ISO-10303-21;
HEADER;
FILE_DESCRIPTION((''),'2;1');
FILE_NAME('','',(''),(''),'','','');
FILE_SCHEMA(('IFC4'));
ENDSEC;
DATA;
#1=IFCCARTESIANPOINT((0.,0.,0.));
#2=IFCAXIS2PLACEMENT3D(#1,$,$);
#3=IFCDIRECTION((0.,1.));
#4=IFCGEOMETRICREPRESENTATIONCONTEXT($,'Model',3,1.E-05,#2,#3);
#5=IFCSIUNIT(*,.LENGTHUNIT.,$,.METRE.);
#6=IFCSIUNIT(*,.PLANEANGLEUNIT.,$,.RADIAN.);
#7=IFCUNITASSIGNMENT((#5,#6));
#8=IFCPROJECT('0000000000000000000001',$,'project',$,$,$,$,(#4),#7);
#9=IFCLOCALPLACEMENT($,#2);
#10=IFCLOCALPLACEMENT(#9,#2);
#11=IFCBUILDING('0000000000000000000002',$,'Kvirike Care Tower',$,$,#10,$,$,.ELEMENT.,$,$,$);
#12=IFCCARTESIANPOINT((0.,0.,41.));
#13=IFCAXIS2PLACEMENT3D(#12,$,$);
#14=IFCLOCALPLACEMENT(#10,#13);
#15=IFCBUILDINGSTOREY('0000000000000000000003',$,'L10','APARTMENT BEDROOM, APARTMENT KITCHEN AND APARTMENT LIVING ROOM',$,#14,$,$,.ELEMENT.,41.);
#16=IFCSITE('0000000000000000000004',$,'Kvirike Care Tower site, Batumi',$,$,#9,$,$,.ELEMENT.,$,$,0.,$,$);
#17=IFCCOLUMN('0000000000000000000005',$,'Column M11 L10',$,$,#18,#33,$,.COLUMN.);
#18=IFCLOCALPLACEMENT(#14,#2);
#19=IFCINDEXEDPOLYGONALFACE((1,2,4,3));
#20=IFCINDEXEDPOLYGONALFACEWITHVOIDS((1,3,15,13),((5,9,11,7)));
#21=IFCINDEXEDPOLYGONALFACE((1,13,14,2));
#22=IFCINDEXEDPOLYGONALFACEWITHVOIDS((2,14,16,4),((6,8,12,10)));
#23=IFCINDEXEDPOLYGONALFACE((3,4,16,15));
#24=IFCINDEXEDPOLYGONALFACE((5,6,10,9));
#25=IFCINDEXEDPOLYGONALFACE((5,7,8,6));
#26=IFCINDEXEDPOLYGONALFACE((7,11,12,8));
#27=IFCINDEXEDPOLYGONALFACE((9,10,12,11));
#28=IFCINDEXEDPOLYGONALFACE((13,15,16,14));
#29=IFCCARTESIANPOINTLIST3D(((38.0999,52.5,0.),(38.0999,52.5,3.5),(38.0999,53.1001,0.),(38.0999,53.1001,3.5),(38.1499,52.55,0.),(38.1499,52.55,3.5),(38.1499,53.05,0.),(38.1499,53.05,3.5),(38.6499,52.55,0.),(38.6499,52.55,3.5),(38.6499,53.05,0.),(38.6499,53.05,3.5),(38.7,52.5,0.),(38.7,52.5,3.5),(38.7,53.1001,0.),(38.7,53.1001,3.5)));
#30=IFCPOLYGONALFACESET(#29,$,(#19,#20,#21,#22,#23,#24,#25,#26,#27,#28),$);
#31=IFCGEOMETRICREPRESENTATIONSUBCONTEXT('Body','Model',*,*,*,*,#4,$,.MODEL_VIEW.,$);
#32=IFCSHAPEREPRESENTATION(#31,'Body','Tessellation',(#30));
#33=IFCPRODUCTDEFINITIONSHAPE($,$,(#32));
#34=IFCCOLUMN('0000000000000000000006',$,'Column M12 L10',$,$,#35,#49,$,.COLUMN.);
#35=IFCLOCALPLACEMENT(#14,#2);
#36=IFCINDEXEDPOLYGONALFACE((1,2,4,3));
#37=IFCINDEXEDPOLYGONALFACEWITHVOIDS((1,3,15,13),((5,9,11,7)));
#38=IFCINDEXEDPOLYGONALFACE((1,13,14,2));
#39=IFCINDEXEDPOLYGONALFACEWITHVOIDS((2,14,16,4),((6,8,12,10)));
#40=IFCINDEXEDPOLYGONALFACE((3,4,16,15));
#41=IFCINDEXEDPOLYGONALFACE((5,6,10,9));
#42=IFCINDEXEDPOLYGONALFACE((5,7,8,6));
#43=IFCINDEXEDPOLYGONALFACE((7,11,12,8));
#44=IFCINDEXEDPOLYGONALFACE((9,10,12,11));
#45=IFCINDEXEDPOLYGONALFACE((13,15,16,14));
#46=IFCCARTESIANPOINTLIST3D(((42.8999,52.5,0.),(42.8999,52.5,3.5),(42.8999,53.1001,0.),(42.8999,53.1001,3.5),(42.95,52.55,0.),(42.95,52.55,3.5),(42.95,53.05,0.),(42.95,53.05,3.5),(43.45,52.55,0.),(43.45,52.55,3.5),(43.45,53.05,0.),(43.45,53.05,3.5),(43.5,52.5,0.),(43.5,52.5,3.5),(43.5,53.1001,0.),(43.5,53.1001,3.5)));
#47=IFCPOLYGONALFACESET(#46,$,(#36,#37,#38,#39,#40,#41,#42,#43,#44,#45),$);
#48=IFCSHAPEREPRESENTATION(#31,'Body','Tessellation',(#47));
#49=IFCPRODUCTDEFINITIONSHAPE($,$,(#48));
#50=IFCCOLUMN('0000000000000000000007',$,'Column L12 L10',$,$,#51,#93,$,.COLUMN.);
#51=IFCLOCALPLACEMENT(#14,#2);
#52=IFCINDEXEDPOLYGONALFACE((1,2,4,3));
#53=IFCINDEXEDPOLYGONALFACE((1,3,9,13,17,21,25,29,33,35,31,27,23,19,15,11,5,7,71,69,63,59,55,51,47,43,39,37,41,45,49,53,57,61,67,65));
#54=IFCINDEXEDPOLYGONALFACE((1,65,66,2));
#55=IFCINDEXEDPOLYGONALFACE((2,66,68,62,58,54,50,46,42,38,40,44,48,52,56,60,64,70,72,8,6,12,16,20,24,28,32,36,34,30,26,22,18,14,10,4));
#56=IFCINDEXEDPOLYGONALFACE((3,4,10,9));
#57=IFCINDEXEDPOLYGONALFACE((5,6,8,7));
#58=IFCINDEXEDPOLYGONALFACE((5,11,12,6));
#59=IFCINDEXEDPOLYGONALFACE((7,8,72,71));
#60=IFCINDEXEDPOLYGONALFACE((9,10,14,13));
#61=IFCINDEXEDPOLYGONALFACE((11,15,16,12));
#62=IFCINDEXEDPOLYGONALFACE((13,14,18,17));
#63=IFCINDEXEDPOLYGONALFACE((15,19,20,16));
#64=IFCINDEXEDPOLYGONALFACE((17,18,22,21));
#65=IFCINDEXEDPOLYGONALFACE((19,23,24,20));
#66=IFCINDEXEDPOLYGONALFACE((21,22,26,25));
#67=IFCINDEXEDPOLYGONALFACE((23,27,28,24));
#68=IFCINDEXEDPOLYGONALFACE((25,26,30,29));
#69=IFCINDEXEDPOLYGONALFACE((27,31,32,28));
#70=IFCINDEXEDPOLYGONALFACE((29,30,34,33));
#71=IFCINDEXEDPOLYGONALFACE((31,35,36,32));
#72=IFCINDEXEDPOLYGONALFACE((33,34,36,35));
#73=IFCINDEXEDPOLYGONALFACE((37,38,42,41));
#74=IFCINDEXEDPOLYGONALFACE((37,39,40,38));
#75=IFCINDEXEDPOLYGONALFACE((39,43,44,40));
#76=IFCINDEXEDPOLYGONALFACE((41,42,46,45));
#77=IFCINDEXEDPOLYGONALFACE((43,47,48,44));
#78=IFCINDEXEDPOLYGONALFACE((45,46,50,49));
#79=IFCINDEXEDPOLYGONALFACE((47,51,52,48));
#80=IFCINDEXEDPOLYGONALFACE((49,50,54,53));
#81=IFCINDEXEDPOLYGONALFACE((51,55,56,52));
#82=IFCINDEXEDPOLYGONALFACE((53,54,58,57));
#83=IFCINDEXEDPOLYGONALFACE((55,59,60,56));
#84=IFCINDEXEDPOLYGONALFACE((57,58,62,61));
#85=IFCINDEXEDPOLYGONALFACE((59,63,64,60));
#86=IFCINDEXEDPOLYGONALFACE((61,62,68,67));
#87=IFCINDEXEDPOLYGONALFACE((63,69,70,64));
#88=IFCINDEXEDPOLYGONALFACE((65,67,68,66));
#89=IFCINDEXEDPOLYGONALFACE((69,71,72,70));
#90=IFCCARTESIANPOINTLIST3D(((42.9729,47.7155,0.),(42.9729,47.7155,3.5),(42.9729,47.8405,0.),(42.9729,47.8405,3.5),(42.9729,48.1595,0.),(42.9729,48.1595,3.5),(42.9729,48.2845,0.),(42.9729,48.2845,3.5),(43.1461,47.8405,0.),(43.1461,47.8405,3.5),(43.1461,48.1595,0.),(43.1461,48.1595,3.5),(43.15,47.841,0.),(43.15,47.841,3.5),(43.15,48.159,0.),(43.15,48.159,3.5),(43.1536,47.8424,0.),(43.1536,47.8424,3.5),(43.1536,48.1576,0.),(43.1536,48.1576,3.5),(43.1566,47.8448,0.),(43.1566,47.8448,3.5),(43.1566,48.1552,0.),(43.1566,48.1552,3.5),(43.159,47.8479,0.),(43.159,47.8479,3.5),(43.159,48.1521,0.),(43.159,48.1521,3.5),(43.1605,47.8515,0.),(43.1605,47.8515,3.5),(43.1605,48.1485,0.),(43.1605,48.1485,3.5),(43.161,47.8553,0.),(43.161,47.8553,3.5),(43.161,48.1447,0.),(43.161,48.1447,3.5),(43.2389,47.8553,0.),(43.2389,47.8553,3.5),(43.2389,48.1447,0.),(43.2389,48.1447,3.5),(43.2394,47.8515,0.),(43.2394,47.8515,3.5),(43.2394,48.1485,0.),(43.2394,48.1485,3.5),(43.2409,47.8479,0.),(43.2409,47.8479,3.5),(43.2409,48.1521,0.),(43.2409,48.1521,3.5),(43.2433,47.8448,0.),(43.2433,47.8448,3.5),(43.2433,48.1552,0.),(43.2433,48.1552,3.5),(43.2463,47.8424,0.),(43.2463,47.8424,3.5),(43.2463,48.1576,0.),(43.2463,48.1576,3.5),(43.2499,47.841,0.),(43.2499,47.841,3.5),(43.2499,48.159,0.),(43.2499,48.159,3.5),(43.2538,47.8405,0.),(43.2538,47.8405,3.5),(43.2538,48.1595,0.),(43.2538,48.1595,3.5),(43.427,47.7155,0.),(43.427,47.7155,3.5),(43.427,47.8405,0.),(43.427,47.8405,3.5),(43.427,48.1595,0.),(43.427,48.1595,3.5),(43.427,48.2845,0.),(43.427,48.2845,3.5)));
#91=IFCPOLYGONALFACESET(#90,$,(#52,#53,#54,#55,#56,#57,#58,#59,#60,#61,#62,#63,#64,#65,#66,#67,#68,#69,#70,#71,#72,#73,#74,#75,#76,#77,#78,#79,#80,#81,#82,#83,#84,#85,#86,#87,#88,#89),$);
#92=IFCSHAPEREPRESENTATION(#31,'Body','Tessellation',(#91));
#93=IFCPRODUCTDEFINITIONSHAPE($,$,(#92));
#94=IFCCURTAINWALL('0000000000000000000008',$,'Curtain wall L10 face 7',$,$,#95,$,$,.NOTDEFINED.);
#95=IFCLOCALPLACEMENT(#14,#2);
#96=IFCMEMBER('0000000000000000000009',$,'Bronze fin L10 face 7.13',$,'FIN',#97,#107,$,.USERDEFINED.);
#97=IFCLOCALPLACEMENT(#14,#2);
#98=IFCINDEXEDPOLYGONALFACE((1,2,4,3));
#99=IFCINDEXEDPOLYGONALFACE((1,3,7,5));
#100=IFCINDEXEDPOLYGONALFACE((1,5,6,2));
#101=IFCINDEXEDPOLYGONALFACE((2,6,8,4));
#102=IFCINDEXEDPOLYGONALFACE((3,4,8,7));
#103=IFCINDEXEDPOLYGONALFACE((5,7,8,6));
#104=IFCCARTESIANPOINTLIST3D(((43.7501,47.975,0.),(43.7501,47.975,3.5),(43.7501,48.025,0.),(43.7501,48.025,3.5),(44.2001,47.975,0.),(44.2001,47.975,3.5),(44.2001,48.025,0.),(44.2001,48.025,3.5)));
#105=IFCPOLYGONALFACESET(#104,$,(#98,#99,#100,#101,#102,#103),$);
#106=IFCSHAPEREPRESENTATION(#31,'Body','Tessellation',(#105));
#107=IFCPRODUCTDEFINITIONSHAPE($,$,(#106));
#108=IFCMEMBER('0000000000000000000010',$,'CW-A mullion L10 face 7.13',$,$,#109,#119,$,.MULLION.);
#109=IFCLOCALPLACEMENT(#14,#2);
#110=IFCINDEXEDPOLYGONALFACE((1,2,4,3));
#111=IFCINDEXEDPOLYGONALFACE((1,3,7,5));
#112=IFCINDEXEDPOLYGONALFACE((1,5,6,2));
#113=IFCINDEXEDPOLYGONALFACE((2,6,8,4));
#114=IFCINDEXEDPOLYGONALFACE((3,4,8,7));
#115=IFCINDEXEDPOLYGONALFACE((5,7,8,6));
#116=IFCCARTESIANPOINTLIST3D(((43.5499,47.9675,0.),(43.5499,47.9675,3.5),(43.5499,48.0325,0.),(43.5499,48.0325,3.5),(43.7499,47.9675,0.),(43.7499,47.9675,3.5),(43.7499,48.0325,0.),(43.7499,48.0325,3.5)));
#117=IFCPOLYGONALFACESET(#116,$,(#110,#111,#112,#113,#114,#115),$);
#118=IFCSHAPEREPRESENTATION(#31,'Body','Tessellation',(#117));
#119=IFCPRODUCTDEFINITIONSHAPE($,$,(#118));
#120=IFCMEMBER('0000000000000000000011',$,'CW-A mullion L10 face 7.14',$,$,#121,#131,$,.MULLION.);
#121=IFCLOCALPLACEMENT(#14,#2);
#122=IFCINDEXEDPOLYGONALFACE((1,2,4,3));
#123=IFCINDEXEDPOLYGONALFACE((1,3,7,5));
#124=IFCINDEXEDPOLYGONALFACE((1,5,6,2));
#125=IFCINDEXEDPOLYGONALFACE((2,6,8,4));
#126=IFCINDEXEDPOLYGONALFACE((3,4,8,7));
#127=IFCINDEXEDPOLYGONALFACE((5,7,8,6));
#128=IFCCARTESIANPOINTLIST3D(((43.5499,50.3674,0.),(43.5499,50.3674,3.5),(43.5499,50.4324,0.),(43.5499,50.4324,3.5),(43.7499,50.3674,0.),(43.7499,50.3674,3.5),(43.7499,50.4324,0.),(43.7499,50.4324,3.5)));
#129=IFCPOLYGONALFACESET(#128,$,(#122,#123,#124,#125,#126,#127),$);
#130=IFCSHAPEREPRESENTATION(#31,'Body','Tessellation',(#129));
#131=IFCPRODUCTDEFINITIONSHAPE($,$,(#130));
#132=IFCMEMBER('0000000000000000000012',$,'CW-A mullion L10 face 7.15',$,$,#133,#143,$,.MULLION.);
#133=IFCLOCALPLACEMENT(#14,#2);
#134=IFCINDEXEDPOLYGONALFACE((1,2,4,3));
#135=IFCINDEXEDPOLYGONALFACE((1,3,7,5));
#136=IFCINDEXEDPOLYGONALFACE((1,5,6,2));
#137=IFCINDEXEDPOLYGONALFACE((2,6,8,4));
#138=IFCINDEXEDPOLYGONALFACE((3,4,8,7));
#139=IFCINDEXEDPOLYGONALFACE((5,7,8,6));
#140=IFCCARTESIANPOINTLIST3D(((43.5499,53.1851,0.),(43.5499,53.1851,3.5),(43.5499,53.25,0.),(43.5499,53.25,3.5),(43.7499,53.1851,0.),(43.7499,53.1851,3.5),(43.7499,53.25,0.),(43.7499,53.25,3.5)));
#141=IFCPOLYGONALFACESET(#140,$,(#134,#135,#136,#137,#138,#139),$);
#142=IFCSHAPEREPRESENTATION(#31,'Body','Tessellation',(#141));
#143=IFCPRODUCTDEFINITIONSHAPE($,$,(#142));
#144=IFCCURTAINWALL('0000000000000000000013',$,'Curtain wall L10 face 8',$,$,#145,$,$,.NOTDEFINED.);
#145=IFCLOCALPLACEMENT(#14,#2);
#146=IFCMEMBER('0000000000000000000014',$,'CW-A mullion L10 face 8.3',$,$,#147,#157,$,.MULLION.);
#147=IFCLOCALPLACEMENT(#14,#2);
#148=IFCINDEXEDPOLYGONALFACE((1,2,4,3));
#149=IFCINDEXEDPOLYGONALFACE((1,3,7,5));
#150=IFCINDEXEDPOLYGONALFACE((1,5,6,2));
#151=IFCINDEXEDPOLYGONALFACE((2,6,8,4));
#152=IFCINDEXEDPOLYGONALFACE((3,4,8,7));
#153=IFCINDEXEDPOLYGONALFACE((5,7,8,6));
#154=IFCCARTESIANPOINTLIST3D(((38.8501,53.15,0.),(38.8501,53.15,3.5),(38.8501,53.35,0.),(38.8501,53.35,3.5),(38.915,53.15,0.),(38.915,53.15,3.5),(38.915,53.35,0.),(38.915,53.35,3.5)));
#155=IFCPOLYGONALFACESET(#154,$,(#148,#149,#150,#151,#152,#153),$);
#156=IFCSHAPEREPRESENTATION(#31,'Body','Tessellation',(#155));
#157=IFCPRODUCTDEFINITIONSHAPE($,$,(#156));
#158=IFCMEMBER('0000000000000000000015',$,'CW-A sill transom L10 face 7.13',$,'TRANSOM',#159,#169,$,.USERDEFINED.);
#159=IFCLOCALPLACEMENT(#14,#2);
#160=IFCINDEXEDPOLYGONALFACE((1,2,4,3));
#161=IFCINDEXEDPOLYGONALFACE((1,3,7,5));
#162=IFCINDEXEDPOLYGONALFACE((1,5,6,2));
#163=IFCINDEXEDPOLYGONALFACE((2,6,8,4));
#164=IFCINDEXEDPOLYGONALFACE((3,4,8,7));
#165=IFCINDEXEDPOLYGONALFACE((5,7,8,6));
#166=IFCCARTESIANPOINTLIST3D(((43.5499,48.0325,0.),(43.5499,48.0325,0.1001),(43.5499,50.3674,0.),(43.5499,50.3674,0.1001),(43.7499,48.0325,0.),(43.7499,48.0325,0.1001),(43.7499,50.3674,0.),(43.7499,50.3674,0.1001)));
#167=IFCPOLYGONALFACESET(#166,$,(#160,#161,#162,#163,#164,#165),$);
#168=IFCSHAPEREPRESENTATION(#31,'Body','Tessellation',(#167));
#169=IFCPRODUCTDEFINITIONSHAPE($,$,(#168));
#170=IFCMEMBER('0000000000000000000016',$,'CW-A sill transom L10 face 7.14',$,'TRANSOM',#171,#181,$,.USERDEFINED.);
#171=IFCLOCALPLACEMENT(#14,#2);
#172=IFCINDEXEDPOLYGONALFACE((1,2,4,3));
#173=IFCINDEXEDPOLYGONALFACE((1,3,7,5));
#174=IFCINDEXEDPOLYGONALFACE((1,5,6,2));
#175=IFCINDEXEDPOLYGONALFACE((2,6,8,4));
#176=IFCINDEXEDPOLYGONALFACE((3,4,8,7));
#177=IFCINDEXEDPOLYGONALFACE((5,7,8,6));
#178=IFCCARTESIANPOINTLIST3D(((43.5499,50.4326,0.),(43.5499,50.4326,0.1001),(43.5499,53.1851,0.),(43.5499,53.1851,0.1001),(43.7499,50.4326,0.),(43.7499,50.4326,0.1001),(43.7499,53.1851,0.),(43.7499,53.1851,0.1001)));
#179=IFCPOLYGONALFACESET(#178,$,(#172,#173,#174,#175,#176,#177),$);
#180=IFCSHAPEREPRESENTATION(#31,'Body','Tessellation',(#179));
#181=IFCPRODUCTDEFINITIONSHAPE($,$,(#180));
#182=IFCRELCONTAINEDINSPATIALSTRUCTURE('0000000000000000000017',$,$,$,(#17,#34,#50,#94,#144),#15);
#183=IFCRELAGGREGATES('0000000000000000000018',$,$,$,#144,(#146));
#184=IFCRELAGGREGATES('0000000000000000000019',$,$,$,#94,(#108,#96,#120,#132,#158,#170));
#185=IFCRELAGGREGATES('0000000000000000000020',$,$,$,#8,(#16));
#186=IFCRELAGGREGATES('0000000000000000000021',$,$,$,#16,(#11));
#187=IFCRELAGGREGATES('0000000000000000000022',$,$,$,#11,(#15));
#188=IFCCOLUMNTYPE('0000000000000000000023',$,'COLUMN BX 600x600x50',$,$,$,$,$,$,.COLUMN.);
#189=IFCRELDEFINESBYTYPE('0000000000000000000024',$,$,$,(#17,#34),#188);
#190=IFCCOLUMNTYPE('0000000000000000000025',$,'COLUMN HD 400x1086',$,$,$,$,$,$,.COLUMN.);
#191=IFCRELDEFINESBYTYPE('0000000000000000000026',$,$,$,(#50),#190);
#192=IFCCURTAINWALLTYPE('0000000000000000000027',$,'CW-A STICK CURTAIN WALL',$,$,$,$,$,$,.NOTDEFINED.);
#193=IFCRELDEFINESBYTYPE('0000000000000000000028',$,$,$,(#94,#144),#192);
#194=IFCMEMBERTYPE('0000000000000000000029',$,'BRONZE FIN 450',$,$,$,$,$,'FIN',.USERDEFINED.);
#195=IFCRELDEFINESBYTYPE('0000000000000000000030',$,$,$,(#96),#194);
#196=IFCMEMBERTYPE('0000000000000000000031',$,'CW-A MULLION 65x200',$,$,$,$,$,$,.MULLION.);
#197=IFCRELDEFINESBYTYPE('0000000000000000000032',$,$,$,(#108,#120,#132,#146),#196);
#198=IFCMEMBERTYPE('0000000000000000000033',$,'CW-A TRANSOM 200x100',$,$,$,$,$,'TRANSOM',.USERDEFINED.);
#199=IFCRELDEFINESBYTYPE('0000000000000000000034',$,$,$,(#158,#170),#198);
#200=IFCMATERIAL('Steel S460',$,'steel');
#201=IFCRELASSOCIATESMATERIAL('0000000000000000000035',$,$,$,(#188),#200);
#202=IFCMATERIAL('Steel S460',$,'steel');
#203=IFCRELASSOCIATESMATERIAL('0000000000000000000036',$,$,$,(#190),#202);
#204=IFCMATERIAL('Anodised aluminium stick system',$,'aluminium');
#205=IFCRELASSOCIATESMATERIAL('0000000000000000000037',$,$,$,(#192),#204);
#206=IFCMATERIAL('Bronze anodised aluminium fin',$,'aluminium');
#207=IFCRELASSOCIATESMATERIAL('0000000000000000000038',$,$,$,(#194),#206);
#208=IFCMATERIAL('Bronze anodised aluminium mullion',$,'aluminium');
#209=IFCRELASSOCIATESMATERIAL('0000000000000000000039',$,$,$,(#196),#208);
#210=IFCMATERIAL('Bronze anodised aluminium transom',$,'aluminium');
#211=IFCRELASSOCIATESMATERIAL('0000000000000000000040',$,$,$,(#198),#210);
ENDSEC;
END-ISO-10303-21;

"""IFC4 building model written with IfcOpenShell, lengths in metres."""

from ifc_helpers import new_model, si_unit, direction, frame, origin, origin_2d, place, context, subcontext, project, spatial, rectangle, hollow_rectangle, i_section, extrude, material, material_profile, profile_set, type_object, element, aggregate, save


model = new_model("IFC4")

# Units and contexts
model_context = context("Model", 3, precision=1e-05, world=origin(), true_north=direction((0.0, 1.0)))
body_context = subcontext(model_context, "Body", "Model", "MODEL_VIEW")
ifc_project = project(units=[si_unit("LENGTHUNIT", "METRE"), si_unit("PLANEANGLEUNIT", "RADIAN")], contexts=[model_context])

# Site, building, storey
site_placement = place(None, origin())
site = spatial("IfcSite", under=ifc_project, at=site_placement, Name="Kvirike Care Tower site, Batumi", CompositionType="ELEMENT", RefElevation=0.0)
building_placement = place(site_placement, origin())
building = spatial("IfcBuilding", under=site, at=building_placement, Name="Kvirike Care Tower", CompositionType="ELEMENT")
storey_placement = place(building_placement, frame((0.0, 0.0, 41.0)))
storey = spatial("IfcBuildingStorey", under=building, at=storey_placement, Name="L10", Description="APARTMENT BEDROOM, APARTMENT KITCHEN AND APARTMENT LIVING ROOM", CompositionType="ELEMENT", Elevation=41.0)

# Columns
ifc_material_1 = material(Name="Steel S460", Category="steel")
ifc_material_profile_1 = material_profile(ifc_material_1, hollow_rectangle(XDim=0.6001, YDim=0.6001, WallThickness=0.05, at=origin_2d()), Name="BX 600x600x50")
ifc_profile_set_1 = profile_set([ifc_material_profile_1], Name="Steel S460")
column_type_1 = type_object("IfcColumnType", Name="COLUMN BX 600x600x50", PredefinedType="COLUMN", material=ifc_profile_set_1)
for number, where, z_axis, x_axis, name in (
    (1, (38.3999, 52.8, 0.0), (0.0, 0.0, 1.0), (0.0, 1.0, 0.0), "Column M11 L10"),
    (2, (43.2, 52.8, 0.0), (0.0, 0.0, 1.0), (0.0, 1.0, 0.0), "Column M12 L10"),
):
    element("IfcColumn", number, at=place(storey_placement, frame(where, z_axis=z_axis, x_axis=x_axis)), inside=storey, type_object=column_type_1, Name=name, PredefinedType="COLUMN", context=body_context, shape_type="SweptSolid", body=[
        extrude(hollow_rectangle(XDim=0.6001, YDim=0.6001, WallThickness=0.05, at=origin_2d()), origin(), (0.0, 0.0, 1.0), 3.5),
    ])
ifc_material_2 = material(Name="Steel S460", Category="steel")
ifc_material_profile_2 = material_profile(ifc_material_2, i_section(OverallWidth=0.4541, OverallDepth=0.5691, WebThickness=0.0779, FlangeThickness=0.125, FilletRadius=0.0149, at=origin_2d()), Name="HD 400x1086")
ifc_profile_set_2 = profile_set([ifc_material_profile_2], Name="Steel S460")
column_type_2 = type_object("IfcColumnType", Name="COLUMN HD 400x1086", PredefinedType="COLUMN", material=ifc_profile_set_2)
column_placement = place(storey_placement, frame((43.2, 48.0, 0.0), z_axis=(0.0, 0.0, 1.0), x_axis=(1.0, 0.0, 0.0)))
element("IfcColumn", 3, at=column_placement, inside=storey, type_object=column_type_2, Name="Column L12 L10", PredefinedType="COLUMN", context=body_context, shape_type="SweptSolid", body=[
    extrude(i_section(OverallWidth=0.4541, OverallDepth=0.5691, WebThickness=0.0779, FlangeThickness=0.125, FilletRadius=0.0149, at=origin_2d()), origin(), (0.0, 0.0, 1.0), 3.5),
])

# Curtain wall, members
ifc_material_3 = material(Name="Anodised aluminium stick system", Category="aluminium")
curtain_wall_type = type_object("IfcCurtainWallType", Name="CW-A STICK CURTAIN WALL", PredefinedType="NOTDEFINED", material=ifc_material_3)
curtain_wall_1_placement = place(storey_placement, origin())
curtain_wall_1 = element("IfcCurtainWall", 4, at=curtain_wall_1_placement, inside=storey, type_object=curtain_wall_type, Name="Curtain wall L10 face 7", PredefinedType="NOTDEFINED")
ifc_material_4 = material(Name="Bronze anodised aluminium fin", Category="aluminium")
ifc_material_profile_3 = material_profile(ifc_material_4, rectangle(XDim=0.05, YDim=0.45, at=origin_2d()), Name="BRONZE FIN 450")
ifc_profile_set_3 = profile_set([ifc_material_profile_3], Name="Bronze anodised aluminium fin")
member_type_1 = type_object("IfcMemberType", Name="BRONZE FIN 450", ElementType="FIN", PredefinedType="USERDEFINED", material=ifc_profile_set_3)
member_1_placement = place(storey_placement, frame((43.9751, 48.0, 0.0), z_axis=(0.0, 0.0, 1.0), x_axis=(0.0, 1.0, 0.0)))
member_1 = element("IfcMember", 5, at=member_1_placement, type_object=member_type_1, Name="Bronze fin L10 face 7.13", ObjectType="FIN", PredefinedType="USERDEFINED", context=body_context, shape_type="SweptSolid", body=[
    extrude(rectangle(XDim=0.05, YDim=0.45, at=origin_2d()), origin(), (0.0, 0.0, 1.0), 3.5),
])
ifc_material_5 = material(Name="Bronze anodised aluminium mullion", Category="aluminium")
ifc_material_profile_4 = material_profile(ifc_material_5, rectangle(XDim=0.0649, YDim=0.2, at=origin_2d()), Name="CW-A MULLION 65x200")
ifc_profile_set_4 = profile_set([ifc_material_profile_4], Name="Bronze anodised aluminium mullion")
member_type_2 = type_object("IfcMemberType", Name="CW-A MULLION 65x200", PredefinedType="MULLION", material=ifc_profile_set_4)
member_2_placement = place(storey_placement, frame((43.6499, 48.0, 0.0), z_axis=(0.0, 0.0, 1.0), x_axis=(0.0, 1.0, 0.0)))
member_2 = element("IfcMember", 6, at=member_2_placement, type_object=member_type_2, Name="CW-A mullion L10 face 7.13", PredefinedType="MULLION", context=body_context, shape_type="SweptSolid", body=[
    extrude(rectangle(XDim=0.0649, YDim=0.2, at=origin_2d()), origin(), (0.0, 0.0, 1.0), 3.5),
])
member_3_placement = place(storey_placement, frame((43.6499, 50.3999, 0.0), z_axis=(0.0, 0.0, 1.0), x_axis=(0.0, 1.0, 0.0)))
member_3 = element("IfcMember", 7, at=member_3_placement, type_object=member_type_2, Name="CW-A mullion L10 face 7.14", PredefinedType="MULLION", context=body_context, shape_type="SweptSolid", body=[
    extrude(rectangle(XDim=0.0649, YDim=0.2, at=origin_2d()), origin(), (0.0, 0.0, 1.0), 3.5),
])
member_4_placement = place(storey_placement, frame((43.6499, 53.2175, 0.0), z_axis=(0.0, 0.0, 1.0), x_axis=(0.0, 1.0, 0.0)))
member_4 = element("IfcMember", 8, at=member_4_placement, type_object=member_type_2, Name="CW-A mullion L10 face 7.15", PredefinedType="MULLION", context=body_context, shape_type="SweptSolid", body=[
    extrude(rectangle(XDim=0.0649, YDim=0.2, at=origin_2d()), origin(), (0.0, 0.0, 1.0), 3.5),
])

# Curtain wall, member
curtain_wall_2_placement = place(storey_placement, origin())
curtain_wall_2 = element("IfcCurtainWall", 9, at=curtain_wall_2_placement, inside=storey, type_object=curtain_wall_type, Name="Curtain wall L10 face 8", PredefinedType="NOTDEFINED")
member_5_placement = place(storey_placement, frame((38.8826, 53.25, 0.0), z_axis=(0.0, 0.0, 1.0), x_axis=(-1.0, 0.0, 0.0)))
member_5 = element("IfcMember", 10, at=member_5_placement, type_object=member_type_2, Name="CW-A mullion L10 face 8.3", PredefinedType="MULLION", context=body_context, shape_type="SweptSolid", body=[
    extrude(rectangle(XDim=0.0649, YDim=0.2, at=origin_2d()), origin(), (0.0, 0.0, 1.0), 3.5),
])
aggregate(curtain_wall_2, [member_5])

# Members
ifc_material_6 = material(Name="Bronze anodised aluminium transom", Category="aluminium")
ifc_material_profile_5 = material_profile(ifc_material_6, rectangle(XDim=0.2, YDim=0.1001, at=origin_2d()), Name="CW-A TRANSOM 200x100")
ifc_profile_set_5 = profile_set([ifc_material_profile_5], Name="Bronze anodised aluminium transom")
member_type_3 = type_object("IfcMemberType", Name="CW-A TRANSOM 200x100", ElementType="TRANSOM", PredefinedType="USERDEFINED", material=ifc_profile_set_5)
member_6_placement = place(storey_placement, frame((43.6499, 48.0325, 0.05), z_axis=(0.0, 1.0, 0.0), x_axis=(-1.0, 0.0, 0.0)))
member_6 = element("IfcMember", 11, at=member_6_placement, type_object=member_type_3, Name="CW-A sill transom L10 face 7.13", ObjectType="TRANSOM", PredefinedType="USERDEFINED", context=body_context, shape_type="SweptSolid", body=[
    extrude(rectangle(XDim=0.2, YDim=0.1001, at=origin_2d()), origin(), (0.0, 0.0, 1.0), 2.335),
])
member_7_placement = place(storey_placement, frame((43.6499, 50.4326, 0.05), z_axis=(0.0, 1.0, 0.0), x_axis=(-1.0, 0.0, 0.0)))
member_7 = element("IfcMember", 12, at=member_7_placement, type_object=member_type_3, Name="CW-A sill transom L10 face 7.14", ObjectType="TRANSOM", PredefinedType="USERDEFINED", context=body_context, shape_type="SweptSolid", body=[
    extrude(rectangle(XDim=0.2, YDim=0.1001, at=origin_2d()), origin(), (0.0, 0.0, 1.0), 2.7524),
])

aggregate(curtain_wall_1, [member_2, member_1, member_3, member_4, member_6, member_7])

save(model, "model.ifc")
